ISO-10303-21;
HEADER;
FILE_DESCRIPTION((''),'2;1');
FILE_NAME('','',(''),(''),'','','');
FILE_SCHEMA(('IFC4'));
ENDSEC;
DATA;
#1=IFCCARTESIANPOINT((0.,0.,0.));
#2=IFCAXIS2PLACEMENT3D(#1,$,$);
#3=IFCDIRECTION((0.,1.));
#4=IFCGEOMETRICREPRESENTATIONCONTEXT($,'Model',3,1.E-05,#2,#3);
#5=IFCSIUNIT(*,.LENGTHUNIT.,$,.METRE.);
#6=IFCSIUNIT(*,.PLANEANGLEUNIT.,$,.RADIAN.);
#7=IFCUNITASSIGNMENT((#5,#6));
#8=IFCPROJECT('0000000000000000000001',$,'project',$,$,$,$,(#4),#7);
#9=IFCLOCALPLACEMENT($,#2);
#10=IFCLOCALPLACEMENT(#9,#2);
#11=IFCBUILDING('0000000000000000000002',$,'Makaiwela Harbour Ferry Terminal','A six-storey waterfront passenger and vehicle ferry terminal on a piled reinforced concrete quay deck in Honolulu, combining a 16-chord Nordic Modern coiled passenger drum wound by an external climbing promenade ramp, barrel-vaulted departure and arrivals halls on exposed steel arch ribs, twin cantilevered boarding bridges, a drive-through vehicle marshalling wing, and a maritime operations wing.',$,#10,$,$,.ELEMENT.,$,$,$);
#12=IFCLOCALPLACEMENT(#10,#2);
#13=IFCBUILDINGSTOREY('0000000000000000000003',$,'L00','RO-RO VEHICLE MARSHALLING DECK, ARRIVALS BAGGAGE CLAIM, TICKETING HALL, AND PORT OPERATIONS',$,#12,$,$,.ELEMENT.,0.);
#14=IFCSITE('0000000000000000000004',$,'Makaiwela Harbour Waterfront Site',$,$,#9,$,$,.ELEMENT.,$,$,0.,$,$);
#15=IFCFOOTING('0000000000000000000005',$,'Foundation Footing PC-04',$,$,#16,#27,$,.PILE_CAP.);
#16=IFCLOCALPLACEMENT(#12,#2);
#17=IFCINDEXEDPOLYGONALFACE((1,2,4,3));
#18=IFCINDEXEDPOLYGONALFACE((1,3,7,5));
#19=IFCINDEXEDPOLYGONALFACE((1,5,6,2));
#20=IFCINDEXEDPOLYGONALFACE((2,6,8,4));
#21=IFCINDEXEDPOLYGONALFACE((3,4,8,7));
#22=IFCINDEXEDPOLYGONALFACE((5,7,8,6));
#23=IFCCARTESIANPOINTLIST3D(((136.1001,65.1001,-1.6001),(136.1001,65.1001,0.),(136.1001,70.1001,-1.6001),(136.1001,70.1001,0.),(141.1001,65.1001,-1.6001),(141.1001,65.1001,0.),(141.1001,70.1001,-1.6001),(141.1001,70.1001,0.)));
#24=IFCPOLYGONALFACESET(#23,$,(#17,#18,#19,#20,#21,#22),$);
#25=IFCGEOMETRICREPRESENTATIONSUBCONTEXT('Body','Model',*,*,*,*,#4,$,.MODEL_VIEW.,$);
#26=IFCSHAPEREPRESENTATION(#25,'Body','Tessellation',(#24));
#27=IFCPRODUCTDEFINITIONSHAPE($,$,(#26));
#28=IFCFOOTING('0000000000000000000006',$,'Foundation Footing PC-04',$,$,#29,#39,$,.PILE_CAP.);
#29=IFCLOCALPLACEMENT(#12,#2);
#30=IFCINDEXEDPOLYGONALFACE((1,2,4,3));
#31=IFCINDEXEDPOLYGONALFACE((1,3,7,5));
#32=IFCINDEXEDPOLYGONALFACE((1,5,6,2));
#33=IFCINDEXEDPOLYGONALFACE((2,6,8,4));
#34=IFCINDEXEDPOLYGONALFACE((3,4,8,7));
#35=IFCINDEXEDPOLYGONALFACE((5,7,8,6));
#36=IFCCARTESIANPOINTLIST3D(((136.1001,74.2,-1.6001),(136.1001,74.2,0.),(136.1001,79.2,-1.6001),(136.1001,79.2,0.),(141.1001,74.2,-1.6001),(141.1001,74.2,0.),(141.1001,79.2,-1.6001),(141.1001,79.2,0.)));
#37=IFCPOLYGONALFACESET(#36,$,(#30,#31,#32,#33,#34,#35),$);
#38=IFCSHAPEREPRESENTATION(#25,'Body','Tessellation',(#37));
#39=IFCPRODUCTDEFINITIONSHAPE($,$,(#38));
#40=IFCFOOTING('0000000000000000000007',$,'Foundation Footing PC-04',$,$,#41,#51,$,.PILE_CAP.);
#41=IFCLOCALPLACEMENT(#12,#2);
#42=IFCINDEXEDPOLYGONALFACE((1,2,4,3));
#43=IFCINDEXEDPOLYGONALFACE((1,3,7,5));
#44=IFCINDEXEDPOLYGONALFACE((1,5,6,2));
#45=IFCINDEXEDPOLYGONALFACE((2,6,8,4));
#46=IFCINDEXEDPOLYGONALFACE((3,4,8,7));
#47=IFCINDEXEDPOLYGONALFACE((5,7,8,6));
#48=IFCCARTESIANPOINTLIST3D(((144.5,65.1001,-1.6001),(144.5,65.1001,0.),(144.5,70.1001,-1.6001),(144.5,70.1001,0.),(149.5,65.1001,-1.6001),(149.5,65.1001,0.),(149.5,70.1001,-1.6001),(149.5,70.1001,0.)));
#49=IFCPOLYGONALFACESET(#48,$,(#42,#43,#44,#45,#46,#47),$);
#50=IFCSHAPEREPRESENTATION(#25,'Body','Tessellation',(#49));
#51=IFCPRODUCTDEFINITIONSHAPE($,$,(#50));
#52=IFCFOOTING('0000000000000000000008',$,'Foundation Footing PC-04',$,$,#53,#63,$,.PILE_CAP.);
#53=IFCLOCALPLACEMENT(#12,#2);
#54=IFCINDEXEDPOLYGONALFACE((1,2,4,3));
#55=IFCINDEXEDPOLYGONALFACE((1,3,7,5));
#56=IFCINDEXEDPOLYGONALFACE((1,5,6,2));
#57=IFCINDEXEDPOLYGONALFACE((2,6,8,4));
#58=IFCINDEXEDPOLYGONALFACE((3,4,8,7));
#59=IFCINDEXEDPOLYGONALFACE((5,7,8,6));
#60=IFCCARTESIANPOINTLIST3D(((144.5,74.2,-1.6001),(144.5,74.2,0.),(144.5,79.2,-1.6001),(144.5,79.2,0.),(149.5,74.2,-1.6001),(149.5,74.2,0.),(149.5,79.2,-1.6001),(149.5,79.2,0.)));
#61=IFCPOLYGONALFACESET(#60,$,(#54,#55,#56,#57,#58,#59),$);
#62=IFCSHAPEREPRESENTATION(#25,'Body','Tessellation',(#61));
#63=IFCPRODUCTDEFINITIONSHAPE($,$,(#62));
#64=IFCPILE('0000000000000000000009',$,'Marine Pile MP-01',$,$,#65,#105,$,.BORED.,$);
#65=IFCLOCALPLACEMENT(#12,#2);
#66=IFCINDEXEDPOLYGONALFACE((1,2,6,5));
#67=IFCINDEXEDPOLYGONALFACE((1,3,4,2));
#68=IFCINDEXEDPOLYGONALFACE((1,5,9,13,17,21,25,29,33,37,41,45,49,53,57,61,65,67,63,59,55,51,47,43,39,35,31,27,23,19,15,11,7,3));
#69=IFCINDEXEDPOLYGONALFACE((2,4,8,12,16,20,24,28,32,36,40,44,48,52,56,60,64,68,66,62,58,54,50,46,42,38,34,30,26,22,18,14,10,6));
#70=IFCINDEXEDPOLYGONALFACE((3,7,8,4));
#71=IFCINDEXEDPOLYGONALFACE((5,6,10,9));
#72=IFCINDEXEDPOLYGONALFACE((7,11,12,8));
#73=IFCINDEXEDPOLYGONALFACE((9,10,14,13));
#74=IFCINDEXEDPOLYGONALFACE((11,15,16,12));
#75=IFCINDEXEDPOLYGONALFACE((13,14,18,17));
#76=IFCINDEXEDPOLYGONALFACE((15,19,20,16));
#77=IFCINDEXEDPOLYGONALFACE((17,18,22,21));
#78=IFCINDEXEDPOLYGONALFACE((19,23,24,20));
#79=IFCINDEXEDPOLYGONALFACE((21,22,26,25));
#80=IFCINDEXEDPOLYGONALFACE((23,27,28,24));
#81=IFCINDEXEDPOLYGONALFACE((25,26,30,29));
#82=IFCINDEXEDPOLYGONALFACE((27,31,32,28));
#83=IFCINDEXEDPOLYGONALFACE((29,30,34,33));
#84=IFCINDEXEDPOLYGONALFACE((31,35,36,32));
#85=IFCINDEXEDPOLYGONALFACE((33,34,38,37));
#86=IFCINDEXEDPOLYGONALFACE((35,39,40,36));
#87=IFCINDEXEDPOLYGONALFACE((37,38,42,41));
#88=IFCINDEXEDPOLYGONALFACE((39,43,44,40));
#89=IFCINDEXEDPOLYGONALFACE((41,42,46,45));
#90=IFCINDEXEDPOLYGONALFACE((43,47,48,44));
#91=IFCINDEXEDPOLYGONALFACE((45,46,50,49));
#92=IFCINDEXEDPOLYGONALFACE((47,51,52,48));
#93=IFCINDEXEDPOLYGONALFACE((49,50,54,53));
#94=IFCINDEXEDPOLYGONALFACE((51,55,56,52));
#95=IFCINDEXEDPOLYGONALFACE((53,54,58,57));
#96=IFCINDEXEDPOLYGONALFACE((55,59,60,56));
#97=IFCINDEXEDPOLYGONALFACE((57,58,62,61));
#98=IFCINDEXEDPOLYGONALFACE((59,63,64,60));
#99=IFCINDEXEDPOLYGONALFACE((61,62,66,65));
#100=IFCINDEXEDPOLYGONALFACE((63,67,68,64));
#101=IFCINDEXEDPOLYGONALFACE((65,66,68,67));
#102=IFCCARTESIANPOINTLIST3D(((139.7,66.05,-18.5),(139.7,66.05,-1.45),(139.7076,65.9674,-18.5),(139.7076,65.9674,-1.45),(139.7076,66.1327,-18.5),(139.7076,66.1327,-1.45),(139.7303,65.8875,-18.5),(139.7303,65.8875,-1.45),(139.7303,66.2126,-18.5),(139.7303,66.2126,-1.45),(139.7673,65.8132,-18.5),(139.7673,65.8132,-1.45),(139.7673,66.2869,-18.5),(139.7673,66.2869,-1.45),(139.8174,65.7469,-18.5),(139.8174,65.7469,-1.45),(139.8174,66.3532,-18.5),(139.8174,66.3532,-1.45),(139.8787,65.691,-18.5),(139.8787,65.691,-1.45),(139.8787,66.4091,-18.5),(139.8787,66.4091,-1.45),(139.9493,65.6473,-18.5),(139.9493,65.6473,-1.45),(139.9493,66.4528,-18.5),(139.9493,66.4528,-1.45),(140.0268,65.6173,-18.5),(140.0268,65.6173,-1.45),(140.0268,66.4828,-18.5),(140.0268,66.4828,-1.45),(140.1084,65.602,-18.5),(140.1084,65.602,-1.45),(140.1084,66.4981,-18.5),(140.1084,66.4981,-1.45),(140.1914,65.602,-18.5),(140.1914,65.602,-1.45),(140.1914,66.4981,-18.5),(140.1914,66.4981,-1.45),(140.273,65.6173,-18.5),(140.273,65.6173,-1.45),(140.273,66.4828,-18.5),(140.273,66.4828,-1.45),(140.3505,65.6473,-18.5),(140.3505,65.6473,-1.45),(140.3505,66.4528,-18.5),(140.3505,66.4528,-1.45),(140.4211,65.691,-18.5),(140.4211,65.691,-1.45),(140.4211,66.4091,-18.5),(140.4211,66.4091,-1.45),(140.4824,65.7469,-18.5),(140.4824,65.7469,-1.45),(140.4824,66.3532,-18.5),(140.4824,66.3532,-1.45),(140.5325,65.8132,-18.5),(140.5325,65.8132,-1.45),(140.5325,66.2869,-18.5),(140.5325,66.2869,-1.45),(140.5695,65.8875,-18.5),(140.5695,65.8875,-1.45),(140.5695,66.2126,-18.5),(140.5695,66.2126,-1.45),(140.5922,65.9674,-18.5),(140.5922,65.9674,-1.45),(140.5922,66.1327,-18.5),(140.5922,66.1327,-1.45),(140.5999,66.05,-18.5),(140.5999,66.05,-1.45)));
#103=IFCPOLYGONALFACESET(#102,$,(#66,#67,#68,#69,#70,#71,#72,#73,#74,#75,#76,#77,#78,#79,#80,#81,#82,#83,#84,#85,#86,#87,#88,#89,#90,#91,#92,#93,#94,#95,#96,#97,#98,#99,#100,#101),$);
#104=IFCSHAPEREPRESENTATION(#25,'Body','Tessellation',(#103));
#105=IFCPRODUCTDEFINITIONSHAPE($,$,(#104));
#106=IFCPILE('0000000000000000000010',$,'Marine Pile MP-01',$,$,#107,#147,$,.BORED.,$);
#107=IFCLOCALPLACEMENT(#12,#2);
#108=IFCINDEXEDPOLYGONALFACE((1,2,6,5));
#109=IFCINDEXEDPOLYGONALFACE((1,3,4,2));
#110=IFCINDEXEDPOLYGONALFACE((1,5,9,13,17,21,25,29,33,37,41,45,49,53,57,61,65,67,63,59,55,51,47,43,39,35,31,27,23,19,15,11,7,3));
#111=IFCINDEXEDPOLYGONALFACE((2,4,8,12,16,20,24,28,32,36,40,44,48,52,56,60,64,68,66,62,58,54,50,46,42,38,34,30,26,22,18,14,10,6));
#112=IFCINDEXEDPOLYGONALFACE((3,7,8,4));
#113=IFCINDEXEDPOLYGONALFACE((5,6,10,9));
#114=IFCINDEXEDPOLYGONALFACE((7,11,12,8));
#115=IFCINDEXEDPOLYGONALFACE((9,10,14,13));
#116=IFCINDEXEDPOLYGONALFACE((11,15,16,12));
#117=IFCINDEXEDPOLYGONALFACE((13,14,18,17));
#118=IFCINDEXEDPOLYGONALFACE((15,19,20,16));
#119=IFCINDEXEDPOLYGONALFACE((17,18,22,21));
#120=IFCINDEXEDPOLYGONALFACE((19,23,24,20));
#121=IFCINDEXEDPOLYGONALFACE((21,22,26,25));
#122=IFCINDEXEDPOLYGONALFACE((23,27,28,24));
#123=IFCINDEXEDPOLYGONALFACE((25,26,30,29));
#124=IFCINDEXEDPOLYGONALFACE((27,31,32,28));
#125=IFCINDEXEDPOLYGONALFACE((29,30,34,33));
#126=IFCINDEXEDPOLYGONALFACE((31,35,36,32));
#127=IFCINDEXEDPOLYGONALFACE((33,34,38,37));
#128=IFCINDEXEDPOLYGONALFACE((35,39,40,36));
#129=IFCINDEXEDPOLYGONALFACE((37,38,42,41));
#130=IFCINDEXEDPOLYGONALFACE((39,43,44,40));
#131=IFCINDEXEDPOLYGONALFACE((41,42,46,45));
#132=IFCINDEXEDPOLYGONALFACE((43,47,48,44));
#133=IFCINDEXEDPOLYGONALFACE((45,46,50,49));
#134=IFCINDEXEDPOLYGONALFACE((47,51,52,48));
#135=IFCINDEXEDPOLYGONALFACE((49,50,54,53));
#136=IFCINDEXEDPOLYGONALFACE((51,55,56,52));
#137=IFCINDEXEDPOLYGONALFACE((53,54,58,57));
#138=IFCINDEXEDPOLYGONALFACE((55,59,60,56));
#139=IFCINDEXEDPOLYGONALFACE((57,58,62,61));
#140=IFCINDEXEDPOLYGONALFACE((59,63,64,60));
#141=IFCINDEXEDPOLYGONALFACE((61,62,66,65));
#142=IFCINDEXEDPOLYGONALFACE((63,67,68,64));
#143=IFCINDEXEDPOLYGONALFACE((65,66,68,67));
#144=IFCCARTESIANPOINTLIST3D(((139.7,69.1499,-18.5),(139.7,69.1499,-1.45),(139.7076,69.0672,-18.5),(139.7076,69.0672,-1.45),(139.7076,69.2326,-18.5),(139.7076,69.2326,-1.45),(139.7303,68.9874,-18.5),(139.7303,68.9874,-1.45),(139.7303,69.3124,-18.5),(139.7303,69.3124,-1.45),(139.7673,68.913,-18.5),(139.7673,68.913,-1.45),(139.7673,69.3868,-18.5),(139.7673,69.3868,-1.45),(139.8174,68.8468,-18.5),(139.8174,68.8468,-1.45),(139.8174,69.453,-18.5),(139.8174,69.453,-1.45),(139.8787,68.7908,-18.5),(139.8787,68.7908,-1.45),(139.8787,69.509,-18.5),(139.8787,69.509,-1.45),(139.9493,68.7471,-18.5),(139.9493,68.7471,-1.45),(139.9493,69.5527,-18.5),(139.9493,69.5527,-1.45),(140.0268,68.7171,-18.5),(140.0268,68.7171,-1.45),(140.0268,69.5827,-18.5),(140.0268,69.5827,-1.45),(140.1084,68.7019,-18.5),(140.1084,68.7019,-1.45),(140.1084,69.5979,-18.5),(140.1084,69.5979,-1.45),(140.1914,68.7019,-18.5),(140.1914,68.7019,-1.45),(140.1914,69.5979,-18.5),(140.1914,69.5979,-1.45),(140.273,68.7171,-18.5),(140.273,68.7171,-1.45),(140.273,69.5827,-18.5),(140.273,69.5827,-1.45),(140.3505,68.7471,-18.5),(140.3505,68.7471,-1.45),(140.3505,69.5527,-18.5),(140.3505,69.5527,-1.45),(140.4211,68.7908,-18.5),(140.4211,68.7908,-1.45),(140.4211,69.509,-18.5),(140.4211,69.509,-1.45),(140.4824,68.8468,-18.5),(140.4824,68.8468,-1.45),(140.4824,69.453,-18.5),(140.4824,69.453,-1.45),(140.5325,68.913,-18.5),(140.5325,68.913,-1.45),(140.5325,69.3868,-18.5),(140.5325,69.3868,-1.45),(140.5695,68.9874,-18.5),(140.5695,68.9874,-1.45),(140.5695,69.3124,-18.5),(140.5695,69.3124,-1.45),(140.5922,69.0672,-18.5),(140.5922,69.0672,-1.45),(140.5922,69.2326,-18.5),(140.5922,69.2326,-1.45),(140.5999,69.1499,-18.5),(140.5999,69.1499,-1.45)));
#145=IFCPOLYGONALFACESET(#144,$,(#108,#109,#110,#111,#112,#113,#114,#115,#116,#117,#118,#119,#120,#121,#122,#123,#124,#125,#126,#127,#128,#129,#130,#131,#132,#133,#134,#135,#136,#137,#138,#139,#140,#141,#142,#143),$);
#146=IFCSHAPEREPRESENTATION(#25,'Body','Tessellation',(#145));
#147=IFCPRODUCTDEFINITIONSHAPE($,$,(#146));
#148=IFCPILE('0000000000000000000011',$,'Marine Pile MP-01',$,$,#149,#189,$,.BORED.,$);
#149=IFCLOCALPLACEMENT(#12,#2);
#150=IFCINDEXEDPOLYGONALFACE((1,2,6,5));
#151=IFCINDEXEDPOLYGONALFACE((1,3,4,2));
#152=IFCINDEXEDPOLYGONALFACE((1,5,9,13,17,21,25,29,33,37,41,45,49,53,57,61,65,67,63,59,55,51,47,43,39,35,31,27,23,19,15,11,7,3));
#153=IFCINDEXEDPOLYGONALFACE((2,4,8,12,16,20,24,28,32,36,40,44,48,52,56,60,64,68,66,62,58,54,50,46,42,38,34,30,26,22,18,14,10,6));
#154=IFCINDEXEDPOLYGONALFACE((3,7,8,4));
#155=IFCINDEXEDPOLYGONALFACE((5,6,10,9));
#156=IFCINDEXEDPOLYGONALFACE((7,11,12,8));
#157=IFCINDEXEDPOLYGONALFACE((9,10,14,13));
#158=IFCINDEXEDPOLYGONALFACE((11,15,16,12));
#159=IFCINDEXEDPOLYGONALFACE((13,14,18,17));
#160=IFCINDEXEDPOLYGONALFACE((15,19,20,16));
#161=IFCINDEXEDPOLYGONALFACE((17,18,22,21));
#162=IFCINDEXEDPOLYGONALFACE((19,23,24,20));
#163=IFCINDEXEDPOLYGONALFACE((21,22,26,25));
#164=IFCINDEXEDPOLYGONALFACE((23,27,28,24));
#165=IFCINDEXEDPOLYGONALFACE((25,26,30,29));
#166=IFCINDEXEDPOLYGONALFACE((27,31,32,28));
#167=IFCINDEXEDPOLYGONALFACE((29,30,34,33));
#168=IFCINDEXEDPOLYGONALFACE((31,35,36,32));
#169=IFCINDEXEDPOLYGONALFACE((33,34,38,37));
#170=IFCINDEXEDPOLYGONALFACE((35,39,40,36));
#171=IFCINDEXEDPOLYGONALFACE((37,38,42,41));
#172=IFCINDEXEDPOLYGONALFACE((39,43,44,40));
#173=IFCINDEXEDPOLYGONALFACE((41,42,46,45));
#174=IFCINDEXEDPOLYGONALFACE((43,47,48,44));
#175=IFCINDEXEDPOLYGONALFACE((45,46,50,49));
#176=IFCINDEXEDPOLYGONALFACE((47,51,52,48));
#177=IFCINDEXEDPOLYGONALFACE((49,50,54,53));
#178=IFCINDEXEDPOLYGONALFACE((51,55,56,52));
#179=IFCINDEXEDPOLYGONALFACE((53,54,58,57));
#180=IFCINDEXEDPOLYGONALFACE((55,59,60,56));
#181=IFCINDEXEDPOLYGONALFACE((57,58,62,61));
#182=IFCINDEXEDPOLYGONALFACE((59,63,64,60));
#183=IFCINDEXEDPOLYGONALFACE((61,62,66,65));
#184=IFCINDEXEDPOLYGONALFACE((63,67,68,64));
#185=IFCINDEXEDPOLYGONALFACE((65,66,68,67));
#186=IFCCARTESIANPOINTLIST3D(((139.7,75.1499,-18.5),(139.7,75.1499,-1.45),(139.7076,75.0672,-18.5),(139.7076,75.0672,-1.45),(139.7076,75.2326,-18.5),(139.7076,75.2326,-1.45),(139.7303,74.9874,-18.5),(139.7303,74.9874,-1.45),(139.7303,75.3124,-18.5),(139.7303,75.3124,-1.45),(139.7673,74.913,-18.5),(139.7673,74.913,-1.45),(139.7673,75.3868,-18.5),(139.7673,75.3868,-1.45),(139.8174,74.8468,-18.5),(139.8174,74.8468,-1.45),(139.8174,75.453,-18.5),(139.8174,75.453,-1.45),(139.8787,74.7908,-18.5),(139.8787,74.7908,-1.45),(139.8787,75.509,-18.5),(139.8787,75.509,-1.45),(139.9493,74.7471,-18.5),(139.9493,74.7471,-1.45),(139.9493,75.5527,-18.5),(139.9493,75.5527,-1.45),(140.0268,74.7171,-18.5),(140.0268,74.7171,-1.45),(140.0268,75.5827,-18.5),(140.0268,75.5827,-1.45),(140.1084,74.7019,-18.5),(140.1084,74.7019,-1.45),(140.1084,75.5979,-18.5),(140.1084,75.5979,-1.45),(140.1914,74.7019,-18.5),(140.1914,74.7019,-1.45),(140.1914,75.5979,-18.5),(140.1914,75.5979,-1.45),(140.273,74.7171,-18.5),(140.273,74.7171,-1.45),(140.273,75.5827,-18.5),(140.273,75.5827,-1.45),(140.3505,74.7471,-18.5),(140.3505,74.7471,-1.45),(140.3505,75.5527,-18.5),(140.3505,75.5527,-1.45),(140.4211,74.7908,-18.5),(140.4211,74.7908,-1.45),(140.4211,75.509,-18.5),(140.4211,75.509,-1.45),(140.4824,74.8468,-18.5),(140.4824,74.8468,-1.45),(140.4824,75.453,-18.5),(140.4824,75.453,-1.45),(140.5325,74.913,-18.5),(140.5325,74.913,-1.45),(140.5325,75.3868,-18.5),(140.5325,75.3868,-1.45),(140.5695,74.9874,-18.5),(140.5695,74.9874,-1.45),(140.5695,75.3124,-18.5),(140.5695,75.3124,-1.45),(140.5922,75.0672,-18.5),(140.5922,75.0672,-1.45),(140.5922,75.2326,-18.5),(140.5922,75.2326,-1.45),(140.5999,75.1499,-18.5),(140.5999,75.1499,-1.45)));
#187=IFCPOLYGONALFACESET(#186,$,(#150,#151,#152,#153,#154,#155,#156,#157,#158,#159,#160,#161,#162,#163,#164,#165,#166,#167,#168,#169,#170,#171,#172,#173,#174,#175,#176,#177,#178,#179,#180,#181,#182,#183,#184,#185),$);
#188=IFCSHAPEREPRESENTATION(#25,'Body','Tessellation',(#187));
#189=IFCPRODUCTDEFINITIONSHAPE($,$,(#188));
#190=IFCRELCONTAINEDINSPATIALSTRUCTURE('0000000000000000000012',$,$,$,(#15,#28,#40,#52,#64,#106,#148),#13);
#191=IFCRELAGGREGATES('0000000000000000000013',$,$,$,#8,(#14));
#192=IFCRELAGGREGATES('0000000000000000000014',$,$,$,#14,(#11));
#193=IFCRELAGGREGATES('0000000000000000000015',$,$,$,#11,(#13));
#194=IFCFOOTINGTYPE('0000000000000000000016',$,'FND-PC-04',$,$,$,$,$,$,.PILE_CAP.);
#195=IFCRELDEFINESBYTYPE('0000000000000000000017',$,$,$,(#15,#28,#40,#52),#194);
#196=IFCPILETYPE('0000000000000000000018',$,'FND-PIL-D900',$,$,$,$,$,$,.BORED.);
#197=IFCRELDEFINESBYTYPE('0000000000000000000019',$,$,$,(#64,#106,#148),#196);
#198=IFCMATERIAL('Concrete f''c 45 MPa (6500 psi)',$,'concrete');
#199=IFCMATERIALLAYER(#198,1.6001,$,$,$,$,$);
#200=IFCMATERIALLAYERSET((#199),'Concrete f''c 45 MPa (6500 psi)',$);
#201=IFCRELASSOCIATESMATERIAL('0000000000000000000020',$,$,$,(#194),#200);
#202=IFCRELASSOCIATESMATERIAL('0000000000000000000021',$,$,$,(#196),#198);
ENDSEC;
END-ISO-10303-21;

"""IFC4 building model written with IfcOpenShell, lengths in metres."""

from ifc_helpers import new_model, si_unit, direction, frame, origin, origin_2d, place, context, subcontext, project, spatial, rectangle, circle, extrude, material, layer, layer_set, material_profile, profile_set, type_object, element, save


model = new_model("IFC4")

# Units and contexts
model_context = context("Model", 3, precision=1e-05, world=origin(), true_north=direction((0.0, 1.0)))
body_context = subcontext(model_context, "Body", "Model", "MODEL_VIEW")
ifc_project = project(units=[si_unit("LENGTHUNIT", "METRE"), si_unit("PLANEANGLEUNIT", "RADIAN")], contexts=[model_context])

# Site, building, storey
site_placement = place(None, origin())
site = spatial("IfcSite", under=ifc_project, at=site_placement, Name="Makaiwela Harbour Waterfront Site", CompositionType="ELEMENT", RefElevation=0.0)
building_placement = place(site_placement, origin())
building = spatial("IfcBuilding", under=site, at=building_placement, Name="Makaiwela Harbour Ferry Terminal", Description="A six-storey waterfront passenger and vehicle ferry terminal on a piled reinforced concrete quay deck in Honolulu, combining a 16-chord Nordic Modern coiled passenger drum wound by an external climbing promenade ramp, barrel-vaulted departure and arrivals halls on exposed steel arch ribs, twin cantilevered boarding bridges, a drive-through vehicle marshalling wing, and a maritime operations wing.", CompositionType="ELEMENT")
storey_placement = place(building_placement, origin())
storey = spatial("IfcBuildingStorey", under=building, at=storey_placement, Name="L00", Description="RO-RO VEHICLE MARSHALLING DECK, ARRIVALS BAGGAGE CLAIM, TICKETING HALL, AND PORT OPERATIONS", CompositionType="ELEMENT", Elevation=0.0)

# Footings
ifc_material_1 = material(Name="Concrete f'c 45 MPa (6500 psi)", Category="concrete")
ifc_layer_1 = layer(ifc_material_1, 1.6001)
ifc_layer_set_1 = layer_set([ifc_layer_1], Name="Concrete f'c 45 MPa (6500 psi)")
footing_type_1 = type_object("IfcFootingType", Name="FND-PC-04", PredefinedType="PILE_CAP", material=ifc_layer_set_1)
for number, where, z_axis, x_axis, name in (
    (1, (138.6001, 67.6001, -1.6001), (0.0, 0.0, 1.0), (1.0, 0.0, 0.0), "Foundation Footing PC-04"),
    (2, (138.6001, 76.7, -1.6001), (0.0, 0.0, 1.0), (1.0, 0.0, 0.0), "Foundation Footing PC-04"),
    (3, (147.0, 67.6001, -1.6001), (0.0, 0.0, 1.0), (1.0, 0.0, 0.0), "Foundation Footing PC-04"),
    (4, (147.0, 76.7, -1.6001), (0.0, 0.0, 1.0), (1.0, 0.0, 0.0), "Foundation Footing PC-04"),
):
    element("IfcFooting", number, at=place(storey_placement, frame(where, z_axis=z_axis, x_axis=x_axis)), inside=storey, type_object=footing_type_1, Name=name, PredefinedType="PILE_CAP", context=body_context, shape_type="SweptSolid", body=[
        extrude(rectangle(XDim=5.0, YDim=5.0, at=origin_2d()), origin(), (0.0, 0.0, 1.0), 1.6001),
    ])

# Piles
ifc_material_profile_1 = material_profile(ifc_material_1, circle(Radius=0.45, at=origin_2d()), Name="PILE-D900")
ifc_profile_set_1 = profile_set([ifc_material_profile_1], Name="Concrete f'c 45 MPa (6500 psi)")
pile_type = type_object("IfcPileType", Name="FND-PIL-D900", PredefinedType="BORED", material=ifc_profile_set_1)
for number, where, z_axis, x_axis, name in (
    (5, (140.1499, 66.05, -1.45), (0.0, 0.0, -1.0), (1.0, 0.0, 0.0), "Marine Pile MP-01"),
    (6, (140.1499, 69.1499, -1.45), (0.0, 0.0, -1.0), (1.0, 0.0, 0.0), "Marine Pile MP-01"),
    (7, (140.1499, 75.1499, -1.45), (0.0, 0.0, -1.0), (1.0, 0.0, 0.0), "Marine Pile MP-01"),
):
    element("IfcPile", number, at=place(storey_placement, frame(where, z_axis=z_axis, x_axis=x_axis)), inside=storey, type_object=pile_type, Name=name, PredefinedType="BORED", context=body_context, shape_type="SweptSolid", body=[
        extrude(circle(Radius=0.45, at=origin_2d()), origin(), (0.0, 0.0, 1.0), 17.05),
    ])

save(model, "model.ifc")
